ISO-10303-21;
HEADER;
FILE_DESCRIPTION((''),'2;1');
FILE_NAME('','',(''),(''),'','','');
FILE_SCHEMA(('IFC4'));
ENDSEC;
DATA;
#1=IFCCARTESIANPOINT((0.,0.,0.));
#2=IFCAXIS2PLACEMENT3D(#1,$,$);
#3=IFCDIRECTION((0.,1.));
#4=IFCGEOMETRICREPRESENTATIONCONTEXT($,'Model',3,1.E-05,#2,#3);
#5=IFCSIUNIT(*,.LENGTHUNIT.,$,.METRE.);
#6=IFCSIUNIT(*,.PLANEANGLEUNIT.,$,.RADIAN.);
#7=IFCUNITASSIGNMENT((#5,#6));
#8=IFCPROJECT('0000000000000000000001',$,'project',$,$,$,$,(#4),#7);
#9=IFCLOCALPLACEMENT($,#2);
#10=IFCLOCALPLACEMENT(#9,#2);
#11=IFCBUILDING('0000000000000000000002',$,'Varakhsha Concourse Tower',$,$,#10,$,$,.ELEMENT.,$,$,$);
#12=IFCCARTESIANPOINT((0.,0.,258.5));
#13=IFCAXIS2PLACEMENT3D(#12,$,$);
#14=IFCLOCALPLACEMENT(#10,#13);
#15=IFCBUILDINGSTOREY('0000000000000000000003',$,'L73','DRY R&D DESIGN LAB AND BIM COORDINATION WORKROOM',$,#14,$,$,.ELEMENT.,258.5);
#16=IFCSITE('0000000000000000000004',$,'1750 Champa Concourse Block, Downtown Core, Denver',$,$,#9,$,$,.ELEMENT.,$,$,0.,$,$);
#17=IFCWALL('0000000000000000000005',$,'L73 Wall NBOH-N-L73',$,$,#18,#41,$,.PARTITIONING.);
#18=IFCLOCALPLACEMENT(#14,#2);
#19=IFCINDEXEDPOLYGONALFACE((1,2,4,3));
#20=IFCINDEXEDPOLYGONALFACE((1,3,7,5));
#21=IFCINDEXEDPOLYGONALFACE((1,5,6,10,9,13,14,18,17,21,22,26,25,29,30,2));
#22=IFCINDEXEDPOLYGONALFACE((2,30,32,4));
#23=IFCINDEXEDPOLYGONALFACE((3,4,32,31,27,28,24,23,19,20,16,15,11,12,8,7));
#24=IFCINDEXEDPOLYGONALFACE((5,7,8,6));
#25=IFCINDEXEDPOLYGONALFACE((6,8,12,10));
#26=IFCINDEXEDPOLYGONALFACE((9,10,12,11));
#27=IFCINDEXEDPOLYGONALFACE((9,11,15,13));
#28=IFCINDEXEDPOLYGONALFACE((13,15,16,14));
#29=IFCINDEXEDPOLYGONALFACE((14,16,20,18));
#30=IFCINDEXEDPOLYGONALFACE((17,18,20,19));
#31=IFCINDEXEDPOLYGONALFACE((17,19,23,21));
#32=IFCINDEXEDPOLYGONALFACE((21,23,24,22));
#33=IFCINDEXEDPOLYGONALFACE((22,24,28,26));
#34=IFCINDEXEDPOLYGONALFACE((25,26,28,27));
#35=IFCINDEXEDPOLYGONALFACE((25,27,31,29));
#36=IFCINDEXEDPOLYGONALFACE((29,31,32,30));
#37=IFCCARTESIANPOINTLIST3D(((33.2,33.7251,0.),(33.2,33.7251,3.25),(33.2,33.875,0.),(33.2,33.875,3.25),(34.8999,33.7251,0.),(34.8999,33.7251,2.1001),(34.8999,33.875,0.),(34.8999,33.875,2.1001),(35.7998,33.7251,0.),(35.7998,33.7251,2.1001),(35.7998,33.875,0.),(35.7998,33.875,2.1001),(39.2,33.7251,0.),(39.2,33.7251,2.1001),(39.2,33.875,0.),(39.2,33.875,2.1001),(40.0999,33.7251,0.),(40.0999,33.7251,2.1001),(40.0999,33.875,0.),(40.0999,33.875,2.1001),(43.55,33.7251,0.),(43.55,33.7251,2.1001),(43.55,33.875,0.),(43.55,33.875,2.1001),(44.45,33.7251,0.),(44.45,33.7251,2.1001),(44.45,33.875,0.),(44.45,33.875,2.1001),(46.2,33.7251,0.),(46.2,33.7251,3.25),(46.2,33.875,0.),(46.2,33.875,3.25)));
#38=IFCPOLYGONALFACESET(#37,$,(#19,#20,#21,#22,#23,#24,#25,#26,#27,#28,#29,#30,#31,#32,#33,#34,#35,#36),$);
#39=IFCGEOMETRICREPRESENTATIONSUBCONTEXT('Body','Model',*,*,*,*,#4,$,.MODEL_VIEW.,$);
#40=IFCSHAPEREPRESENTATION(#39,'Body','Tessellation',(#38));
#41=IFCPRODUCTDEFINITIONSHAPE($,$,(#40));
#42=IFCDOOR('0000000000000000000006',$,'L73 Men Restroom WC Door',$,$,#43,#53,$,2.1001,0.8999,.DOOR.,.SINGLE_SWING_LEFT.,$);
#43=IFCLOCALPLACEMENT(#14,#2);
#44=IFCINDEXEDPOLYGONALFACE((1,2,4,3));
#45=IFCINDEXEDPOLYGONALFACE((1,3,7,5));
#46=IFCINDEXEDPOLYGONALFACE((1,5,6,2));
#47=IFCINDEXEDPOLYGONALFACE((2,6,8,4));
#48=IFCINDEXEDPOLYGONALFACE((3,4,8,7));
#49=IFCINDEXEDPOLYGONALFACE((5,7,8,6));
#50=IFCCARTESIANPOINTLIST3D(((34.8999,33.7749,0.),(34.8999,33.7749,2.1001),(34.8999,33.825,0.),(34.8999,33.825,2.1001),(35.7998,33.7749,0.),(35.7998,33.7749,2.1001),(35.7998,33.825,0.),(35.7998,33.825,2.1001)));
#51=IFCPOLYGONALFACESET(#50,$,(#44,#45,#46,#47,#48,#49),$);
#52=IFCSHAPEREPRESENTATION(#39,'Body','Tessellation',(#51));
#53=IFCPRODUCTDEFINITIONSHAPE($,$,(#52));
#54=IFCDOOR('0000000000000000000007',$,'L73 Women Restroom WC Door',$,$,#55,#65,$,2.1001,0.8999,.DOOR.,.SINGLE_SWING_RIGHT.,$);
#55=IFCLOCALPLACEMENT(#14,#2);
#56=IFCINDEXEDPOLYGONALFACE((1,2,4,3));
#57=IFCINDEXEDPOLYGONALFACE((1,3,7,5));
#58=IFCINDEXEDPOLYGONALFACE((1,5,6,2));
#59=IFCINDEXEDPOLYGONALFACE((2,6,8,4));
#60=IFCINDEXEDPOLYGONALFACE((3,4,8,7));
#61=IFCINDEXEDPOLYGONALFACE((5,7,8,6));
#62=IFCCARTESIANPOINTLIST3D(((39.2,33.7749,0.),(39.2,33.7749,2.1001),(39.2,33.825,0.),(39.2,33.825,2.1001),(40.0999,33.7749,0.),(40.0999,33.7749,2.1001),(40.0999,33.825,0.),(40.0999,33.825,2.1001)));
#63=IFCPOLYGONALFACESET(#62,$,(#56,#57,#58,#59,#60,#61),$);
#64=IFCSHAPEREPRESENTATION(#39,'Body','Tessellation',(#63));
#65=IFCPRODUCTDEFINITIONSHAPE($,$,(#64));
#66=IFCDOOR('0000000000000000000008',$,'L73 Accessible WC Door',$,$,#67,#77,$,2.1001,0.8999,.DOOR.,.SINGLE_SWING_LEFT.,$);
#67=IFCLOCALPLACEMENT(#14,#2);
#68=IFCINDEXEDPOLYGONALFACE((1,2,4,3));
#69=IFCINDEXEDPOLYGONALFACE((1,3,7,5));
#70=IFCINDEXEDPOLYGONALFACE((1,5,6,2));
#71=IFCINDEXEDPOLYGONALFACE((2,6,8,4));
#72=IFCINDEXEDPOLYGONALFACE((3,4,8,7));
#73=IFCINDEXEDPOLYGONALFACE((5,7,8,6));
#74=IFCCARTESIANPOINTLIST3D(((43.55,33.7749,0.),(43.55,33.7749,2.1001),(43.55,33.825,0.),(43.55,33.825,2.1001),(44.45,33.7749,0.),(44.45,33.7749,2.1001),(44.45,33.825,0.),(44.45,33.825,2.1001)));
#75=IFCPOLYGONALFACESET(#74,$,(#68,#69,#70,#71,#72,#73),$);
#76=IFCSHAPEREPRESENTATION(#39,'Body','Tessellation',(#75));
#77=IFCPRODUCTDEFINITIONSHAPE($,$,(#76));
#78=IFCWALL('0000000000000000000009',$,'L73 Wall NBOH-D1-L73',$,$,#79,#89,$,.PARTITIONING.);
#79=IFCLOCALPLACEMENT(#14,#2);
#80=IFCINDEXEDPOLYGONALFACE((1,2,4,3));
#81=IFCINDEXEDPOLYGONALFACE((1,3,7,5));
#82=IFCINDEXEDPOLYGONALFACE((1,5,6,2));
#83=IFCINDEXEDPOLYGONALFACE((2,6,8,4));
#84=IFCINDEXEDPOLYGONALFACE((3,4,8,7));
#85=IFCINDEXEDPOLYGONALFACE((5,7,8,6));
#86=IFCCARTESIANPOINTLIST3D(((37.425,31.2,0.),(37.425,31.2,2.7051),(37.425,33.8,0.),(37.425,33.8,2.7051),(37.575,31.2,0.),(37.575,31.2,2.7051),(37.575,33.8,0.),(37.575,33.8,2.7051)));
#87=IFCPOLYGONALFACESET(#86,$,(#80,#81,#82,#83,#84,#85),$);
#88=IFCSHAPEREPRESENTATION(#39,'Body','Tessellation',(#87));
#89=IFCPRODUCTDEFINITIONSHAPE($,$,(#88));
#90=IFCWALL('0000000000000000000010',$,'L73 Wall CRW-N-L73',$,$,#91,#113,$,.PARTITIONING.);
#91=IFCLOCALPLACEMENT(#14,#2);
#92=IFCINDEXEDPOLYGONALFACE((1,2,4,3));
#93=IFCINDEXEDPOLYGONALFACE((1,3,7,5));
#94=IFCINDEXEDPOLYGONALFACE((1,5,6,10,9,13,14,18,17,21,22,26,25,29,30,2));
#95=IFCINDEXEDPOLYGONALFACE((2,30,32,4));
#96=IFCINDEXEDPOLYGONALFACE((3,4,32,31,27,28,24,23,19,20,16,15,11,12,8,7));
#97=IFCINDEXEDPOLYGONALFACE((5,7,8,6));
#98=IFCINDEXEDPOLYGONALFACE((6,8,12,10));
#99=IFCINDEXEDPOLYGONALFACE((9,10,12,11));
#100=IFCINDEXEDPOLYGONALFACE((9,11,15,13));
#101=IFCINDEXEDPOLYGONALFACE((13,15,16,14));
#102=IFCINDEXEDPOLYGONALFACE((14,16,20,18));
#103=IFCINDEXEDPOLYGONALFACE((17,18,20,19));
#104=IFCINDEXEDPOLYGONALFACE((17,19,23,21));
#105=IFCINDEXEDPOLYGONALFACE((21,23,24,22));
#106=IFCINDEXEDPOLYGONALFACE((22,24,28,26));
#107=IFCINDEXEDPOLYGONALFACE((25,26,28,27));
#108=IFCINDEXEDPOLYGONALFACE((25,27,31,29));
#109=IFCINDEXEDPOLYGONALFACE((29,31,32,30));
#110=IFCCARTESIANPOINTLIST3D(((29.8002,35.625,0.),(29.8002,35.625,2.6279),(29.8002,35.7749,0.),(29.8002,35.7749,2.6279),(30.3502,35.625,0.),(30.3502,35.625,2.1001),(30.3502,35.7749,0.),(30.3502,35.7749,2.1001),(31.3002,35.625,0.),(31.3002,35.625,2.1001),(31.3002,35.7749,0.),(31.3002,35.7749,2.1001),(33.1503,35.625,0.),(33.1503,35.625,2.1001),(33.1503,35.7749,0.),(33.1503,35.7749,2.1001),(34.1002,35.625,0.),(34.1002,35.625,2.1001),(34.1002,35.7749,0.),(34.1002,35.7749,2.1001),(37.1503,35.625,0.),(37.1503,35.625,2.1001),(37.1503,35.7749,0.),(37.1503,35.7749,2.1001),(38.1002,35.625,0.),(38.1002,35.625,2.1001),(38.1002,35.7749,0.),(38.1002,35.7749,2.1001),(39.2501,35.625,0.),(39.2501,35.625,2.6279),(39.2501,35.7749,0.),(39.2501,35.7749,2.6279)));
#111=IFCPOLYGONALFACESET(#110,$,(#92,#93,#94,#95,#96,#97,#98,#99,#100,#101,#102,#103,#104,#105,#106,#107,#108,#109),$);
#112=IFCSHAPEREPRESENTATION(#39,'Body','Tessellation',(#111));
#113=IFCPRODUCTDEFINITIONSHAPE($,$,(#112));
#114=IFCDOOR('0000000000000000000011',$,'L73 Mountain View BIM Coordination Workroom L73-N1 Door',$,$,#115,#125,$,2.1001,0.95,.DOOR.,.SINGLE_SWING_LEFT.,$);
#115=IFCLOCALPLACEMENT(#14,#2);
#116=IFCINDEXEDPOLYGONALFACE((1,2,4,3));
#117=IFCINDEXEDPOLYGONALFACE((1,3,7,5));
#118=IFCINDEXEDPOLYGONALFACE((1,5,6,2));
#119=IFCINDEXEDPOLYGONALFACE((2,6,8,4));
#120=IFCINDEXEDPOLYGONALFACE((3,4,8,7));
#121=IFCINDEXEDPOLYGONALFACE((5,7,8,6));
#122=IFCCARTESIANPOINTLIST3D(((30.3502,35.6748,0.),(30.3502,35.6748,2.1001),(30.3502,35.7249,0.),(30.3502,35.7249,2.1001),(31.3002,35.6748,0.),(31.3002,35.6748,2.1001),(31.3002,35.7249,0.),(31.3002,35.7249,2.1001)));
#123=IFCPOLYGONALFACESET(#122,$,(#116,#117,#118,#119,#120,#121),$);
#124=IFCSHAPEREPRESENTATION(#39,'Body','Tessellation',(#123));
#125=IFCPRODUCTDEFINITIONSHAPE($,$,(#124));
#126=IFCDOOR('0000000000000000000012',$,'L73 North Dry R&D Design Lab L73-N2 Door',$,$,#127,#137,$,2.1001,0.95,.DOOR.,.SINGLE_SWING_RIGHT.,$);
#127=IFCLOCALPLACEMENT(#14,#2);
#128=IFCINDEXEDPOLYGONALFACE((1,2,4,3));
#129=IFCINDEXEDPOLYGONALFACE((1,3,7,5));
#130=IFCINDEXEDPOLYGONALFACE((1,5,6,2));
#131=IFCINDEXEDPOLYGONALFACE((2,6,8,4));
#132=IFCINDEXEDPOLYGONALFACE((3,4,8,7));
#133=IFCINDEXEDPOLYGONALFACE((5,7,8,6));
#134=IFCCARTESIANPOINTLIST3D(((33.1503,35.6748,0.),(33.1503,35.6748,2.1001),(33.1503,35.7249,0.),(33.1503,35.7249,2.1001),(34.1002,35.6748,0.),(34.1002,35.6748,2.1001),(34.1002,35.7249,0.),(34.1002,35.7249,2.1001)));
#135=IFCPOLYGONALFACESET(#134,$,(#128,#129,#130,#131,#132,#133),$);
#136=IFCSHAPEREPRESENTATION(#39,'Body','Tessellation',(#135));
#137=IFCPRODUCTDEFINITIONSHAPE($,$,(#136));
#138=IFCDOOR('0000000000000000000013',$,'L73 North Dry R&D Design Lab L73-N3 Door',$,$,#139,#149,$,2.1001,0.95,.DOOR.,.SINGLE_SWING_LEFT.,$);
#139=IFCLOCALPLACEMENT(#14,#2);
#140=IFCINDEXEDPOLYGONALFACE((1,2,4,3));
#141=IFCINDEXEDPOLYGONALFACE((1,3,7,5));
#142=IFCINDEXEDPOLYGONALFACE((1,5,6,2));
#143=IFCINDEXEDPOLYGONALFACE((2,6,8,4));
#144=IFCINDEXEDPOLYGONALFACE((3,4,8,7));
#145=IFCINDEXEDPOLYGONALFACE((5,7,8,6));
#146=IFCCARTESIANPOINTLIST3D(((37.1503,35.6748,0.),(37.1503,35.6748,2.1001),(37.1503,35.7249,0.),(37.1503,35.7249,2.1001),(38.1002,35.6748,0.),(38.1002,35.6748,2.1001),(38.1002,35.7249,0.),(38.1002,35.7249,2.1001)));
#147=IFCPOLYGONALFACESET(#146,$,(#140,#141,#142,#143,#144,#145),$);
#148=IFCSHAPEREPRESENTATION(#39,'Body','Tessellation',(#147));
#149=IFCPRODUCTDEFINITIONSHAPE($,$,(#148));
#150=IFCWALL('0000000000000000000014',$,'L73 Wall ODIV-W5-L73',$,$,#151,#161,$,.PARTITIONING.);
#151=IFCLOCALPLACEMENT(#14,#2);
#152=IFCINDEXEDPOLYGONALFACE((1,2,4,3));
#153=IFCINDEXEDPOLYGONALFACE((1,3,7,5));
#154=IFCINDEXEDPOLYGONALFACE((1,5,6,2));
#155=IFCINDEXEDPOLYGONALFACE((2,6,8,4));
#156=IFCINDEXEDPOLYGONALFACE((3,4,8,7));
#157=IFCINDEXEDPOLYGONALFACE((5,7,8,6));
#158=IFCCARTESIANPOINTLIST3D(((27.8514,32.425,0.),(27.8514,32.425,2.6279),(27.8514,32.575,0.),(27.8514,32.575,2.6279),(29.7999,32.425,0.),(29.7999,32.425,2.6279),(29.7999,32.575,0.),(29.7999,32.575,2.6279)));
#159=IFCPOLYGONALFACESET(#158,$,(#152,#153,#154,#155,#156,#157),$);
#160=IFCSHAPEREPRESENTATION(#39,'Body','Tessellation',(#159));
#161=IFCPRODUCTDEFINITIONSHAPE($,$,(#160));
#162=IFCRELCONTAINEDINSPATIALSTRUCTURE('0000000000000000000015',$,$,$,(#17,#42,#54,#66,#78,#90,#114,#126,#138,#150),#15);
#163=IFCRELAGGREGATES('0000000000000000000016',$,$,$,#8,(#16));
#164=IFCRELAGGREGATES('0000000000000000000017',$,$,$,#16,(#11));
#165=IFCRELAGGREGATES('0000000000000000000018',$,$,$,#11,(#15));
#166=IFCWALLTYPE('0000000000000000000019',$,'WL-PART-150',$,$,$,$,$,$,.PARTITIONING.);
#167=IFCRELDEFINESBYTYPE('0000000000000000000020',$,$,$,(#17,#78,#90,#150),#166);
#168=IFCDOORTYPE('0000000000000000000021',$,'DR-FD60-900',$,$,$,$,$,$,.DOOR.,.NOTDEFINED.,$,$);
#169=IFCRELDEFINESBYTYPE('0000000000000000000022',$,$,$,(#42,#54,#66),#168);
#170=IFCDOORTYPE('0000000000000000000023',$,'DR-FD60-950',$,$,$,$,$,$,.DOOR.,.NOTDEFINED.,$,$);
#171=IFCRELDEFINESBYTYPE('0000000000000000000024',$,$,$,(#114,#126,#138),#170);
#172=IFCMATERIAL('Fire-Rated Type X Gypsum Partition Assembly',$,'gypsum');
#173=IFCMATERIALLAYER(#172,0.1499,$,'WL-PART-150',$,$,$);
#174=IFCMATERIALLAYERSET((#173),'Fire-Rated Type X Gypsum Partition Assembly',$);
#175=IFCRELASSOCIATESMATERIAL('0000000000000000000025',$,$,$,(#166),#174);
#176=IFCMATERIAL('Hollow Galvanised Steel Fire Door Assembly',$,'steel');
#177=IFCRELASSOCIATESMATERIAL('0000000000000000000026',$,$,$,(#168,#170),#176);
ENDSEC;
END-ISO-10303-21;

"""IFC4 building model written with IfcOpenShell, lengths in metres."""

from ifc_helpers import new_model, si_unit, direction, frame, frame_2d, origin, place, context, subcontext, project, spatial, rectangle, extrude, material, layer, layer_set, type_object, element, fill, save


model = new_model("IFC4")

# Units and contexts
model_context = context("Model", 3, precision=1e-05, world=origin(), true_north=direction((0.0, 1.0)))
body_context = subcontext(model_context, "Body", "Model", "MODEL_VIEW")
ifc_project = project(units=[si_unit("LENGTHUNIT", "METRE"), si_unit("PLANEANGLEUNIT", "RADIAN")], contexts=[model_context])

# Site, building, storey
site_placement = place(None, origin())
site = spatial("IfcSite", under=ifc_project, at=site_placement, Name="1750 Champa Concourse Block, Downtown Core, Denver", CompositionType="ELEMENT", RefElevation=0.0)
building_placement = place(site_placement, origin())
building = spatial("IfcBuilding", under=site, at=building_placement, Name="Varakhsha Concourse Tower", CompositionType="ELEMENT")
storey_placement = place(building_placement, frame((0.0, 0.0, 258.5)))
storey = spatial("IfcBuildingStorey", under=building, at=storey_placement, Name="L73", Description="DRY R&D DESIGN LAB AND BIM COORDINATION WORKROOM", CompositionType="ELEMENT", Elevation=258.5)

# Wall, openings, doors
ifc_material_1 = material(Name="Fire-Rated Type X Gypsum Partition Assembly", Category="gypsum")
ifc_layer_1 = layer(ifc_material_1, 0.1499, Name="WL-PART-150")
ifc_layer_set_1 = layer_set([ifc_layer_1], Name="Fire-Rated Type X Gypsum Partition Assembly")
wall_type_1 = type_object("IfcWallType", Name="WL-PART-150", PredefinedType="PARTITIONING", material=ifc_layer_set_1)
wall_1_placement = place(storey_placement, frame((33.2, 33.8, 0.0), z_axis=(0.0, 0.0, 1.0), x_axis=(1.0, 0.0, 0.0)))
wall_1 = element("IfcWall", 1, at=wall_1_placement, inside=storey, type_object=wall_type_1, Name="L73 Wall NBOH-N-L73", PredefinedType="PARTITIONING", context=body_context, shape_type="SweptSolid", body=[
    extrude(rectangle(XDim=13.0, YDim=0.1499, at=frame_2d((6.5, 0.0))), origin(), (0.0, 0.0, 1.0), 3.25),
])
opening_1_placement = place(wall_1_placement, frame((1.7, 0.0, 0.0)))
opening_1 = element("IfcOpeningElement", 2, at=opening_1_placement, cuts=wall_1, PredefinedType="OPENING", context=body_context, shape_type="SweptSolid", body=[
    extrude(rectangle(XDim=0.8999, YDim=2.1001, at=frame_2d((0.45, 1.05))), frame((0.0, 0.085, 0.0), z_axis=(0.0, -1.0, 0.0), x_axis=(1.0, 0.0, 0.0)), (0.0, 0.0, 1.0), 0.1699),
])
opening_2_placement = place(wall_1_placement, frame((6.0, 0.0, 0.0)))
opening_2 = element("IfcOpeningElement", 3, at=opening_2_placement, cuts=wall_1, PredefinedType="OPENING", context=body_context, shape_type="SweptSolid", body=[
    extrude(rectangle(XDim=0.8999, YDim=2.1001, at=frame_2d((0.45, 1.05))), frame((0.0, 0.085, 0.0), z_axis=(0.0, -1.0, 0.0), x_axis=(1.0, 0.0, 0.0)), (0.0, 0.0, 1.0), 0.1699),
])
opening_3_placement = place(wall_1_placement, frame((10.3501, 0.0, 0.0)))
opening_3 = element("IfcOpeningElement", 4, at=opening_3_placement, cuts=wall_1, PredefinedType="OPENING", context=body_context, shape_type="SweptSolid", body=[
    extrude(rectangle(XDim=0.8999, YDim=2.1001, at=frame_2d((0.45, 1.05))), frame((0.0, 0.085, 0.0), z_axis=(0.0, -1.0, 0.0), x_axis=(1.0, 0.0, 0.0)), (0.0, 0.0, 1.0), 0.1699),
])
ifc_material_2 = material(Name="Hollow Galvanised Steel Fire Door Assembly", Category="steel")
door_type_1 = type_object("IfcDoorType", Name="DR-FD60-900", OperationType="NOTDEFINED", PredefinedType="DOOR", material=ifc_material_2)
door_1_placement = place(opening_1_placement, origin())
door_1 = element("IfcDoor", 5, at=door_1_placement, inside=storey, type_object=door_type_1, Name="L73 Men Restroom WC Door", OperationType="SINGLE_SWING_LEFT", OverallHeight=2.1001, OverallWidth=0.8999, PredefinedType="DOOR", context=body_context, shape_type="SweptSolid", body=[
    extrude(rectangle(XDim=0.8999, YDim=2.1001, at=frame_2d((0.45, 1.05))), frame((0.0, 0.0249, 0.0), z_axis=(0.0, -1.0, 0.0), x_axis=(1.0, 0.0, 0.0)), (0.0, 0.0, 1.0), 0.05),
])
fill(opening_1, door_1)
door_2_placement = place(opening_2_placement, origin())
door_2 = element("IfcDoor", 6, at=door_2_placement, inside=storey, type_object=door_type_1, Name="L73 Women Restroom WC Door", OperationType="SINGLE_SWING_RIGHT", OverallHeight=2.1001, OverallWidth=0.8999, PredefinedType="DOOR", context=body_context, shape_type="SweptSolid", body=[
    extrude(rectangle(XDim=0.8999, YDim=2.1001, at=frame_2d((0.45, 1.05))), frame((0.0, 0.0249, 0.0), z_axis=(0.0, -1.0, 0.0), x_axis=(1.0, 0.0, 0.0)), (0.0, 0.0, 1.0), 0.05),
])
fill(opening_2, door_2)
door_3_placement = place(opening_3_placement, origin())
door_3 = element("IfcDoor", 7, at=door_3_placement, inside=storey, type_object=door_type_1, Name="L73 Accessible WC Door", OperationType="SINGLE_SWING_LEFT", OverallHeight=2.1001, OverallWidth=0.8999, PredefinedType="DOOR", context=body_context, shape_type="SweptSolid", body=[
    extrude(rectangle(XDim=0.8999, YDim=2.1001, at=frame_2d((0.45, 1.05))), frame((0.0, 0.0249, 0.0), z_axis=(0.0, -1.0, 0.0), x_axis=(1.0, 0.0, 0.0)), (0.0, 0.0, 1.0), 0.05),
])
fill(opening_3, door_3)

# Wall
wall_2_placement = place(storey_placement, frame((37.5, 31.2, 0.0), z_axis=(0.0, 0.0, 1.0), x_axis=(0.0, 1.0, 0.0)))
element("IfcWall", 8, at=wall_2_placement, inside=storey, type_object=wall_type_1, Name="L73 Wall NBOH-D1-L73", PredefinedType="PARTITIONING", context=body_context, shape_type="SweptSolid", body=[
    extrude(rectangle(XDim=2.6001, YDim=0.1499, at=frame_2d((1.3, 0.0))), origin(), (0.0, 0.0, 1.0), 2.7051),
])

# Wall, openings, doors
wall_3_placement = place(storey_placement, frame((29.8, 35.7, 0.0), z_axis=(0.0, 0.0, 1.0), x_axis=(1.0, 0.0, 0.0)))
wall_3 = element("IfcWall", 9, at=wall_3_placement, inside=storey, type_object=wall_type_1, Name="L73 Wall CRW-N-L73", PredefinedType="PARTITIONING", context=body_context, shape_type="SweptSolid", body=[
    extrude(rectangle(XDim=9.45, YDim=0.1499, at=frame_2d((4.7251, 0.0))), origin(), (0.0, 0.0, 1.0), 2.6279),
])
opening_4_placement = place(wall_3_placement, frame((0.55, 0.0, 0.0)))
opening_4 = element("IfcOpeningElement", 10, at=opening_4_placement, cuts=wall_3, PredefinedType="OPENING", context=body_context, shape_type="SweptSolid", body=[
    extrude(rectangle(XDim=0.95, YDim=2.1001, at=frame_2d((0.4751, 1.05))), frame((0.0, 0.085, 0.0), z_axis=(0.0, -1.0, 0.0), x_axis=(1.0, 0.0, 0.0)), (0.0, 0.0, 1.0), 0.1699),
])
opening_5_placement = place(wall_3_placement, frame((3.3501, 0.0, 0.0)))
opening_5 = element("IfcOpeningElement", 11, at=opening_5_placement, cuts=wall_3, PredefinedType="OPENING", context=body_context, shape_type="SweptSolid", body=[
    extrude(rectangle(XDim=0.95, YDim=2.1001, at=frame_2d((0.4751, 1.05))), frame((0.0, 0.085, 0.0), z_axis=(0.0, -1.0, 0.0), x_axis=(1.0, 0.0, 0.0)), (0.0, 0.0, 1.0), 0.1699),
])
opening_6_placement = place(wall_3_placement, frame((7.3501, 0.0, 0.0)))
opening_6 = element("IfcOpeningElement", 12, at=opening_6_placement, cuts=wall_3, PredefinedType="OPENING", context=body_context, shape_type="SweptSolid", body=[
    extrude(rectangle(XDim=0.95, YDim=2.1001, at=frame_2d((0.4751, 1.05))), frame((0.0, 0.085, 0.0), z_axis=(0.0, -1.0, 0.0), x_axis=(1.0, 0.0, 0.0)), (0.0, 0.0, 1.0), 0.1699),
])
door_type_2 = type_object("IfcDoorType", Name="DR-FD60-950", OperationType="NOTDEFINED", PredefinedType="DOOR", material=ifc_material_2)
door_4_placement = place(opening_4_placement, origin())
door_4 = element("IfcDoor", 13, at=door_4_placement, inside=storey, type_object=door_type_2, Name="L73 Mountain View BIM Coordination Workroom L73-N1 Door", OperationType="SINGLE_SWING_LEFT", OverallHeight=2.1001, OverallWidth=0.95, PredefinedType="DOOR", context=body_context, shape_type="SweptSolid", body=[
    extrude(rectangle(XDim=0.95, YDim=2.1001, at=frame_2d((0.4751, 1.05))), frame((0.0, 0.0249, 0.0), z_axis=(0.0, -1.0, 0.0), x_axis=(1.0, 0.0, 0.0)), (0.0, 0.0, 1.0), 0.05),
])
fill(opening_4, door_4)
door_5_placement = place(opening_5_placement, origin())
door_5 = element("IfcDoor", 14, at=door_5_placement, inside=storey, type_object=door_type_2, Name="L73 North Dry R&D Design Lab L73-N2 Door", OperationType="SINGLE_SWING_RIGHT", OverallHeight=2.1001, OverallWidth=0.95, PredefinedType="DOOR", context=body_context, shape_type="SweptSolid", body=[
    extrude(rectangle(XDim=0.95, YDim=2.1001, at=frame_2d((0.4751, 1.05))), frame((0.0, 0.0249, 0.0), z_axis=(0.0, -1.0, 0.0), x_axis=(1.0, 0.0, 0.0)), (0.0, 0.0, 1.0), 0.05),
])
fill(opening_5, door_5)
door_6_placement = place(opening_6_placement, origin())
door_6 = element("IfcDoor", 15, at=door_6_placement, inside=storey, type_object=door_type_2, Name="L73 North Dry R&D Design Lab L73-N3 Door", OperationType="SINGLE_SWING_LEFT", OverallHeight=2.1001, OverallWidth=0.95, PredefinedType="DOOR", context=body_context, shape_type="SweptSolid", body=[
    extrude(rectangle(XDim=0.95, YDim=2.1001, at=frame_2d((0.4751, 1.05))), frame((0.0, 0.0249, 0.0), z_axis=(0.0, -1.0, 0.0), x_axis=(1.0, 0.0, 0.0)), (0.0, 0.0, 1.0), 0.05),
])
fill(opening_6, door_6)

# Wall
wall_4_placement = place(storey_placement, frame((27.8516, 32.5, 0.0), z_axis=(0.0, 0.0, 1.0), x_axis=(1.0, 0.0, 0.0)))
element("IfcWall", 16, at=wall_4_placement, inside=storey, type_object=wall_type_1, Name="L73 Wall ODIV-W5-L73", PredefinedType="PARTITIONING", context=body_context, shape_type="SweptSolid", body=[
    extrude(rectangle(XDim=1.9485, YDim=0.1499, at=frame_2d((0.9741, 0.0))), origin(), (0.0, 0.0, 1.0), 2.6279),
])

save(model, "model.ifc")
